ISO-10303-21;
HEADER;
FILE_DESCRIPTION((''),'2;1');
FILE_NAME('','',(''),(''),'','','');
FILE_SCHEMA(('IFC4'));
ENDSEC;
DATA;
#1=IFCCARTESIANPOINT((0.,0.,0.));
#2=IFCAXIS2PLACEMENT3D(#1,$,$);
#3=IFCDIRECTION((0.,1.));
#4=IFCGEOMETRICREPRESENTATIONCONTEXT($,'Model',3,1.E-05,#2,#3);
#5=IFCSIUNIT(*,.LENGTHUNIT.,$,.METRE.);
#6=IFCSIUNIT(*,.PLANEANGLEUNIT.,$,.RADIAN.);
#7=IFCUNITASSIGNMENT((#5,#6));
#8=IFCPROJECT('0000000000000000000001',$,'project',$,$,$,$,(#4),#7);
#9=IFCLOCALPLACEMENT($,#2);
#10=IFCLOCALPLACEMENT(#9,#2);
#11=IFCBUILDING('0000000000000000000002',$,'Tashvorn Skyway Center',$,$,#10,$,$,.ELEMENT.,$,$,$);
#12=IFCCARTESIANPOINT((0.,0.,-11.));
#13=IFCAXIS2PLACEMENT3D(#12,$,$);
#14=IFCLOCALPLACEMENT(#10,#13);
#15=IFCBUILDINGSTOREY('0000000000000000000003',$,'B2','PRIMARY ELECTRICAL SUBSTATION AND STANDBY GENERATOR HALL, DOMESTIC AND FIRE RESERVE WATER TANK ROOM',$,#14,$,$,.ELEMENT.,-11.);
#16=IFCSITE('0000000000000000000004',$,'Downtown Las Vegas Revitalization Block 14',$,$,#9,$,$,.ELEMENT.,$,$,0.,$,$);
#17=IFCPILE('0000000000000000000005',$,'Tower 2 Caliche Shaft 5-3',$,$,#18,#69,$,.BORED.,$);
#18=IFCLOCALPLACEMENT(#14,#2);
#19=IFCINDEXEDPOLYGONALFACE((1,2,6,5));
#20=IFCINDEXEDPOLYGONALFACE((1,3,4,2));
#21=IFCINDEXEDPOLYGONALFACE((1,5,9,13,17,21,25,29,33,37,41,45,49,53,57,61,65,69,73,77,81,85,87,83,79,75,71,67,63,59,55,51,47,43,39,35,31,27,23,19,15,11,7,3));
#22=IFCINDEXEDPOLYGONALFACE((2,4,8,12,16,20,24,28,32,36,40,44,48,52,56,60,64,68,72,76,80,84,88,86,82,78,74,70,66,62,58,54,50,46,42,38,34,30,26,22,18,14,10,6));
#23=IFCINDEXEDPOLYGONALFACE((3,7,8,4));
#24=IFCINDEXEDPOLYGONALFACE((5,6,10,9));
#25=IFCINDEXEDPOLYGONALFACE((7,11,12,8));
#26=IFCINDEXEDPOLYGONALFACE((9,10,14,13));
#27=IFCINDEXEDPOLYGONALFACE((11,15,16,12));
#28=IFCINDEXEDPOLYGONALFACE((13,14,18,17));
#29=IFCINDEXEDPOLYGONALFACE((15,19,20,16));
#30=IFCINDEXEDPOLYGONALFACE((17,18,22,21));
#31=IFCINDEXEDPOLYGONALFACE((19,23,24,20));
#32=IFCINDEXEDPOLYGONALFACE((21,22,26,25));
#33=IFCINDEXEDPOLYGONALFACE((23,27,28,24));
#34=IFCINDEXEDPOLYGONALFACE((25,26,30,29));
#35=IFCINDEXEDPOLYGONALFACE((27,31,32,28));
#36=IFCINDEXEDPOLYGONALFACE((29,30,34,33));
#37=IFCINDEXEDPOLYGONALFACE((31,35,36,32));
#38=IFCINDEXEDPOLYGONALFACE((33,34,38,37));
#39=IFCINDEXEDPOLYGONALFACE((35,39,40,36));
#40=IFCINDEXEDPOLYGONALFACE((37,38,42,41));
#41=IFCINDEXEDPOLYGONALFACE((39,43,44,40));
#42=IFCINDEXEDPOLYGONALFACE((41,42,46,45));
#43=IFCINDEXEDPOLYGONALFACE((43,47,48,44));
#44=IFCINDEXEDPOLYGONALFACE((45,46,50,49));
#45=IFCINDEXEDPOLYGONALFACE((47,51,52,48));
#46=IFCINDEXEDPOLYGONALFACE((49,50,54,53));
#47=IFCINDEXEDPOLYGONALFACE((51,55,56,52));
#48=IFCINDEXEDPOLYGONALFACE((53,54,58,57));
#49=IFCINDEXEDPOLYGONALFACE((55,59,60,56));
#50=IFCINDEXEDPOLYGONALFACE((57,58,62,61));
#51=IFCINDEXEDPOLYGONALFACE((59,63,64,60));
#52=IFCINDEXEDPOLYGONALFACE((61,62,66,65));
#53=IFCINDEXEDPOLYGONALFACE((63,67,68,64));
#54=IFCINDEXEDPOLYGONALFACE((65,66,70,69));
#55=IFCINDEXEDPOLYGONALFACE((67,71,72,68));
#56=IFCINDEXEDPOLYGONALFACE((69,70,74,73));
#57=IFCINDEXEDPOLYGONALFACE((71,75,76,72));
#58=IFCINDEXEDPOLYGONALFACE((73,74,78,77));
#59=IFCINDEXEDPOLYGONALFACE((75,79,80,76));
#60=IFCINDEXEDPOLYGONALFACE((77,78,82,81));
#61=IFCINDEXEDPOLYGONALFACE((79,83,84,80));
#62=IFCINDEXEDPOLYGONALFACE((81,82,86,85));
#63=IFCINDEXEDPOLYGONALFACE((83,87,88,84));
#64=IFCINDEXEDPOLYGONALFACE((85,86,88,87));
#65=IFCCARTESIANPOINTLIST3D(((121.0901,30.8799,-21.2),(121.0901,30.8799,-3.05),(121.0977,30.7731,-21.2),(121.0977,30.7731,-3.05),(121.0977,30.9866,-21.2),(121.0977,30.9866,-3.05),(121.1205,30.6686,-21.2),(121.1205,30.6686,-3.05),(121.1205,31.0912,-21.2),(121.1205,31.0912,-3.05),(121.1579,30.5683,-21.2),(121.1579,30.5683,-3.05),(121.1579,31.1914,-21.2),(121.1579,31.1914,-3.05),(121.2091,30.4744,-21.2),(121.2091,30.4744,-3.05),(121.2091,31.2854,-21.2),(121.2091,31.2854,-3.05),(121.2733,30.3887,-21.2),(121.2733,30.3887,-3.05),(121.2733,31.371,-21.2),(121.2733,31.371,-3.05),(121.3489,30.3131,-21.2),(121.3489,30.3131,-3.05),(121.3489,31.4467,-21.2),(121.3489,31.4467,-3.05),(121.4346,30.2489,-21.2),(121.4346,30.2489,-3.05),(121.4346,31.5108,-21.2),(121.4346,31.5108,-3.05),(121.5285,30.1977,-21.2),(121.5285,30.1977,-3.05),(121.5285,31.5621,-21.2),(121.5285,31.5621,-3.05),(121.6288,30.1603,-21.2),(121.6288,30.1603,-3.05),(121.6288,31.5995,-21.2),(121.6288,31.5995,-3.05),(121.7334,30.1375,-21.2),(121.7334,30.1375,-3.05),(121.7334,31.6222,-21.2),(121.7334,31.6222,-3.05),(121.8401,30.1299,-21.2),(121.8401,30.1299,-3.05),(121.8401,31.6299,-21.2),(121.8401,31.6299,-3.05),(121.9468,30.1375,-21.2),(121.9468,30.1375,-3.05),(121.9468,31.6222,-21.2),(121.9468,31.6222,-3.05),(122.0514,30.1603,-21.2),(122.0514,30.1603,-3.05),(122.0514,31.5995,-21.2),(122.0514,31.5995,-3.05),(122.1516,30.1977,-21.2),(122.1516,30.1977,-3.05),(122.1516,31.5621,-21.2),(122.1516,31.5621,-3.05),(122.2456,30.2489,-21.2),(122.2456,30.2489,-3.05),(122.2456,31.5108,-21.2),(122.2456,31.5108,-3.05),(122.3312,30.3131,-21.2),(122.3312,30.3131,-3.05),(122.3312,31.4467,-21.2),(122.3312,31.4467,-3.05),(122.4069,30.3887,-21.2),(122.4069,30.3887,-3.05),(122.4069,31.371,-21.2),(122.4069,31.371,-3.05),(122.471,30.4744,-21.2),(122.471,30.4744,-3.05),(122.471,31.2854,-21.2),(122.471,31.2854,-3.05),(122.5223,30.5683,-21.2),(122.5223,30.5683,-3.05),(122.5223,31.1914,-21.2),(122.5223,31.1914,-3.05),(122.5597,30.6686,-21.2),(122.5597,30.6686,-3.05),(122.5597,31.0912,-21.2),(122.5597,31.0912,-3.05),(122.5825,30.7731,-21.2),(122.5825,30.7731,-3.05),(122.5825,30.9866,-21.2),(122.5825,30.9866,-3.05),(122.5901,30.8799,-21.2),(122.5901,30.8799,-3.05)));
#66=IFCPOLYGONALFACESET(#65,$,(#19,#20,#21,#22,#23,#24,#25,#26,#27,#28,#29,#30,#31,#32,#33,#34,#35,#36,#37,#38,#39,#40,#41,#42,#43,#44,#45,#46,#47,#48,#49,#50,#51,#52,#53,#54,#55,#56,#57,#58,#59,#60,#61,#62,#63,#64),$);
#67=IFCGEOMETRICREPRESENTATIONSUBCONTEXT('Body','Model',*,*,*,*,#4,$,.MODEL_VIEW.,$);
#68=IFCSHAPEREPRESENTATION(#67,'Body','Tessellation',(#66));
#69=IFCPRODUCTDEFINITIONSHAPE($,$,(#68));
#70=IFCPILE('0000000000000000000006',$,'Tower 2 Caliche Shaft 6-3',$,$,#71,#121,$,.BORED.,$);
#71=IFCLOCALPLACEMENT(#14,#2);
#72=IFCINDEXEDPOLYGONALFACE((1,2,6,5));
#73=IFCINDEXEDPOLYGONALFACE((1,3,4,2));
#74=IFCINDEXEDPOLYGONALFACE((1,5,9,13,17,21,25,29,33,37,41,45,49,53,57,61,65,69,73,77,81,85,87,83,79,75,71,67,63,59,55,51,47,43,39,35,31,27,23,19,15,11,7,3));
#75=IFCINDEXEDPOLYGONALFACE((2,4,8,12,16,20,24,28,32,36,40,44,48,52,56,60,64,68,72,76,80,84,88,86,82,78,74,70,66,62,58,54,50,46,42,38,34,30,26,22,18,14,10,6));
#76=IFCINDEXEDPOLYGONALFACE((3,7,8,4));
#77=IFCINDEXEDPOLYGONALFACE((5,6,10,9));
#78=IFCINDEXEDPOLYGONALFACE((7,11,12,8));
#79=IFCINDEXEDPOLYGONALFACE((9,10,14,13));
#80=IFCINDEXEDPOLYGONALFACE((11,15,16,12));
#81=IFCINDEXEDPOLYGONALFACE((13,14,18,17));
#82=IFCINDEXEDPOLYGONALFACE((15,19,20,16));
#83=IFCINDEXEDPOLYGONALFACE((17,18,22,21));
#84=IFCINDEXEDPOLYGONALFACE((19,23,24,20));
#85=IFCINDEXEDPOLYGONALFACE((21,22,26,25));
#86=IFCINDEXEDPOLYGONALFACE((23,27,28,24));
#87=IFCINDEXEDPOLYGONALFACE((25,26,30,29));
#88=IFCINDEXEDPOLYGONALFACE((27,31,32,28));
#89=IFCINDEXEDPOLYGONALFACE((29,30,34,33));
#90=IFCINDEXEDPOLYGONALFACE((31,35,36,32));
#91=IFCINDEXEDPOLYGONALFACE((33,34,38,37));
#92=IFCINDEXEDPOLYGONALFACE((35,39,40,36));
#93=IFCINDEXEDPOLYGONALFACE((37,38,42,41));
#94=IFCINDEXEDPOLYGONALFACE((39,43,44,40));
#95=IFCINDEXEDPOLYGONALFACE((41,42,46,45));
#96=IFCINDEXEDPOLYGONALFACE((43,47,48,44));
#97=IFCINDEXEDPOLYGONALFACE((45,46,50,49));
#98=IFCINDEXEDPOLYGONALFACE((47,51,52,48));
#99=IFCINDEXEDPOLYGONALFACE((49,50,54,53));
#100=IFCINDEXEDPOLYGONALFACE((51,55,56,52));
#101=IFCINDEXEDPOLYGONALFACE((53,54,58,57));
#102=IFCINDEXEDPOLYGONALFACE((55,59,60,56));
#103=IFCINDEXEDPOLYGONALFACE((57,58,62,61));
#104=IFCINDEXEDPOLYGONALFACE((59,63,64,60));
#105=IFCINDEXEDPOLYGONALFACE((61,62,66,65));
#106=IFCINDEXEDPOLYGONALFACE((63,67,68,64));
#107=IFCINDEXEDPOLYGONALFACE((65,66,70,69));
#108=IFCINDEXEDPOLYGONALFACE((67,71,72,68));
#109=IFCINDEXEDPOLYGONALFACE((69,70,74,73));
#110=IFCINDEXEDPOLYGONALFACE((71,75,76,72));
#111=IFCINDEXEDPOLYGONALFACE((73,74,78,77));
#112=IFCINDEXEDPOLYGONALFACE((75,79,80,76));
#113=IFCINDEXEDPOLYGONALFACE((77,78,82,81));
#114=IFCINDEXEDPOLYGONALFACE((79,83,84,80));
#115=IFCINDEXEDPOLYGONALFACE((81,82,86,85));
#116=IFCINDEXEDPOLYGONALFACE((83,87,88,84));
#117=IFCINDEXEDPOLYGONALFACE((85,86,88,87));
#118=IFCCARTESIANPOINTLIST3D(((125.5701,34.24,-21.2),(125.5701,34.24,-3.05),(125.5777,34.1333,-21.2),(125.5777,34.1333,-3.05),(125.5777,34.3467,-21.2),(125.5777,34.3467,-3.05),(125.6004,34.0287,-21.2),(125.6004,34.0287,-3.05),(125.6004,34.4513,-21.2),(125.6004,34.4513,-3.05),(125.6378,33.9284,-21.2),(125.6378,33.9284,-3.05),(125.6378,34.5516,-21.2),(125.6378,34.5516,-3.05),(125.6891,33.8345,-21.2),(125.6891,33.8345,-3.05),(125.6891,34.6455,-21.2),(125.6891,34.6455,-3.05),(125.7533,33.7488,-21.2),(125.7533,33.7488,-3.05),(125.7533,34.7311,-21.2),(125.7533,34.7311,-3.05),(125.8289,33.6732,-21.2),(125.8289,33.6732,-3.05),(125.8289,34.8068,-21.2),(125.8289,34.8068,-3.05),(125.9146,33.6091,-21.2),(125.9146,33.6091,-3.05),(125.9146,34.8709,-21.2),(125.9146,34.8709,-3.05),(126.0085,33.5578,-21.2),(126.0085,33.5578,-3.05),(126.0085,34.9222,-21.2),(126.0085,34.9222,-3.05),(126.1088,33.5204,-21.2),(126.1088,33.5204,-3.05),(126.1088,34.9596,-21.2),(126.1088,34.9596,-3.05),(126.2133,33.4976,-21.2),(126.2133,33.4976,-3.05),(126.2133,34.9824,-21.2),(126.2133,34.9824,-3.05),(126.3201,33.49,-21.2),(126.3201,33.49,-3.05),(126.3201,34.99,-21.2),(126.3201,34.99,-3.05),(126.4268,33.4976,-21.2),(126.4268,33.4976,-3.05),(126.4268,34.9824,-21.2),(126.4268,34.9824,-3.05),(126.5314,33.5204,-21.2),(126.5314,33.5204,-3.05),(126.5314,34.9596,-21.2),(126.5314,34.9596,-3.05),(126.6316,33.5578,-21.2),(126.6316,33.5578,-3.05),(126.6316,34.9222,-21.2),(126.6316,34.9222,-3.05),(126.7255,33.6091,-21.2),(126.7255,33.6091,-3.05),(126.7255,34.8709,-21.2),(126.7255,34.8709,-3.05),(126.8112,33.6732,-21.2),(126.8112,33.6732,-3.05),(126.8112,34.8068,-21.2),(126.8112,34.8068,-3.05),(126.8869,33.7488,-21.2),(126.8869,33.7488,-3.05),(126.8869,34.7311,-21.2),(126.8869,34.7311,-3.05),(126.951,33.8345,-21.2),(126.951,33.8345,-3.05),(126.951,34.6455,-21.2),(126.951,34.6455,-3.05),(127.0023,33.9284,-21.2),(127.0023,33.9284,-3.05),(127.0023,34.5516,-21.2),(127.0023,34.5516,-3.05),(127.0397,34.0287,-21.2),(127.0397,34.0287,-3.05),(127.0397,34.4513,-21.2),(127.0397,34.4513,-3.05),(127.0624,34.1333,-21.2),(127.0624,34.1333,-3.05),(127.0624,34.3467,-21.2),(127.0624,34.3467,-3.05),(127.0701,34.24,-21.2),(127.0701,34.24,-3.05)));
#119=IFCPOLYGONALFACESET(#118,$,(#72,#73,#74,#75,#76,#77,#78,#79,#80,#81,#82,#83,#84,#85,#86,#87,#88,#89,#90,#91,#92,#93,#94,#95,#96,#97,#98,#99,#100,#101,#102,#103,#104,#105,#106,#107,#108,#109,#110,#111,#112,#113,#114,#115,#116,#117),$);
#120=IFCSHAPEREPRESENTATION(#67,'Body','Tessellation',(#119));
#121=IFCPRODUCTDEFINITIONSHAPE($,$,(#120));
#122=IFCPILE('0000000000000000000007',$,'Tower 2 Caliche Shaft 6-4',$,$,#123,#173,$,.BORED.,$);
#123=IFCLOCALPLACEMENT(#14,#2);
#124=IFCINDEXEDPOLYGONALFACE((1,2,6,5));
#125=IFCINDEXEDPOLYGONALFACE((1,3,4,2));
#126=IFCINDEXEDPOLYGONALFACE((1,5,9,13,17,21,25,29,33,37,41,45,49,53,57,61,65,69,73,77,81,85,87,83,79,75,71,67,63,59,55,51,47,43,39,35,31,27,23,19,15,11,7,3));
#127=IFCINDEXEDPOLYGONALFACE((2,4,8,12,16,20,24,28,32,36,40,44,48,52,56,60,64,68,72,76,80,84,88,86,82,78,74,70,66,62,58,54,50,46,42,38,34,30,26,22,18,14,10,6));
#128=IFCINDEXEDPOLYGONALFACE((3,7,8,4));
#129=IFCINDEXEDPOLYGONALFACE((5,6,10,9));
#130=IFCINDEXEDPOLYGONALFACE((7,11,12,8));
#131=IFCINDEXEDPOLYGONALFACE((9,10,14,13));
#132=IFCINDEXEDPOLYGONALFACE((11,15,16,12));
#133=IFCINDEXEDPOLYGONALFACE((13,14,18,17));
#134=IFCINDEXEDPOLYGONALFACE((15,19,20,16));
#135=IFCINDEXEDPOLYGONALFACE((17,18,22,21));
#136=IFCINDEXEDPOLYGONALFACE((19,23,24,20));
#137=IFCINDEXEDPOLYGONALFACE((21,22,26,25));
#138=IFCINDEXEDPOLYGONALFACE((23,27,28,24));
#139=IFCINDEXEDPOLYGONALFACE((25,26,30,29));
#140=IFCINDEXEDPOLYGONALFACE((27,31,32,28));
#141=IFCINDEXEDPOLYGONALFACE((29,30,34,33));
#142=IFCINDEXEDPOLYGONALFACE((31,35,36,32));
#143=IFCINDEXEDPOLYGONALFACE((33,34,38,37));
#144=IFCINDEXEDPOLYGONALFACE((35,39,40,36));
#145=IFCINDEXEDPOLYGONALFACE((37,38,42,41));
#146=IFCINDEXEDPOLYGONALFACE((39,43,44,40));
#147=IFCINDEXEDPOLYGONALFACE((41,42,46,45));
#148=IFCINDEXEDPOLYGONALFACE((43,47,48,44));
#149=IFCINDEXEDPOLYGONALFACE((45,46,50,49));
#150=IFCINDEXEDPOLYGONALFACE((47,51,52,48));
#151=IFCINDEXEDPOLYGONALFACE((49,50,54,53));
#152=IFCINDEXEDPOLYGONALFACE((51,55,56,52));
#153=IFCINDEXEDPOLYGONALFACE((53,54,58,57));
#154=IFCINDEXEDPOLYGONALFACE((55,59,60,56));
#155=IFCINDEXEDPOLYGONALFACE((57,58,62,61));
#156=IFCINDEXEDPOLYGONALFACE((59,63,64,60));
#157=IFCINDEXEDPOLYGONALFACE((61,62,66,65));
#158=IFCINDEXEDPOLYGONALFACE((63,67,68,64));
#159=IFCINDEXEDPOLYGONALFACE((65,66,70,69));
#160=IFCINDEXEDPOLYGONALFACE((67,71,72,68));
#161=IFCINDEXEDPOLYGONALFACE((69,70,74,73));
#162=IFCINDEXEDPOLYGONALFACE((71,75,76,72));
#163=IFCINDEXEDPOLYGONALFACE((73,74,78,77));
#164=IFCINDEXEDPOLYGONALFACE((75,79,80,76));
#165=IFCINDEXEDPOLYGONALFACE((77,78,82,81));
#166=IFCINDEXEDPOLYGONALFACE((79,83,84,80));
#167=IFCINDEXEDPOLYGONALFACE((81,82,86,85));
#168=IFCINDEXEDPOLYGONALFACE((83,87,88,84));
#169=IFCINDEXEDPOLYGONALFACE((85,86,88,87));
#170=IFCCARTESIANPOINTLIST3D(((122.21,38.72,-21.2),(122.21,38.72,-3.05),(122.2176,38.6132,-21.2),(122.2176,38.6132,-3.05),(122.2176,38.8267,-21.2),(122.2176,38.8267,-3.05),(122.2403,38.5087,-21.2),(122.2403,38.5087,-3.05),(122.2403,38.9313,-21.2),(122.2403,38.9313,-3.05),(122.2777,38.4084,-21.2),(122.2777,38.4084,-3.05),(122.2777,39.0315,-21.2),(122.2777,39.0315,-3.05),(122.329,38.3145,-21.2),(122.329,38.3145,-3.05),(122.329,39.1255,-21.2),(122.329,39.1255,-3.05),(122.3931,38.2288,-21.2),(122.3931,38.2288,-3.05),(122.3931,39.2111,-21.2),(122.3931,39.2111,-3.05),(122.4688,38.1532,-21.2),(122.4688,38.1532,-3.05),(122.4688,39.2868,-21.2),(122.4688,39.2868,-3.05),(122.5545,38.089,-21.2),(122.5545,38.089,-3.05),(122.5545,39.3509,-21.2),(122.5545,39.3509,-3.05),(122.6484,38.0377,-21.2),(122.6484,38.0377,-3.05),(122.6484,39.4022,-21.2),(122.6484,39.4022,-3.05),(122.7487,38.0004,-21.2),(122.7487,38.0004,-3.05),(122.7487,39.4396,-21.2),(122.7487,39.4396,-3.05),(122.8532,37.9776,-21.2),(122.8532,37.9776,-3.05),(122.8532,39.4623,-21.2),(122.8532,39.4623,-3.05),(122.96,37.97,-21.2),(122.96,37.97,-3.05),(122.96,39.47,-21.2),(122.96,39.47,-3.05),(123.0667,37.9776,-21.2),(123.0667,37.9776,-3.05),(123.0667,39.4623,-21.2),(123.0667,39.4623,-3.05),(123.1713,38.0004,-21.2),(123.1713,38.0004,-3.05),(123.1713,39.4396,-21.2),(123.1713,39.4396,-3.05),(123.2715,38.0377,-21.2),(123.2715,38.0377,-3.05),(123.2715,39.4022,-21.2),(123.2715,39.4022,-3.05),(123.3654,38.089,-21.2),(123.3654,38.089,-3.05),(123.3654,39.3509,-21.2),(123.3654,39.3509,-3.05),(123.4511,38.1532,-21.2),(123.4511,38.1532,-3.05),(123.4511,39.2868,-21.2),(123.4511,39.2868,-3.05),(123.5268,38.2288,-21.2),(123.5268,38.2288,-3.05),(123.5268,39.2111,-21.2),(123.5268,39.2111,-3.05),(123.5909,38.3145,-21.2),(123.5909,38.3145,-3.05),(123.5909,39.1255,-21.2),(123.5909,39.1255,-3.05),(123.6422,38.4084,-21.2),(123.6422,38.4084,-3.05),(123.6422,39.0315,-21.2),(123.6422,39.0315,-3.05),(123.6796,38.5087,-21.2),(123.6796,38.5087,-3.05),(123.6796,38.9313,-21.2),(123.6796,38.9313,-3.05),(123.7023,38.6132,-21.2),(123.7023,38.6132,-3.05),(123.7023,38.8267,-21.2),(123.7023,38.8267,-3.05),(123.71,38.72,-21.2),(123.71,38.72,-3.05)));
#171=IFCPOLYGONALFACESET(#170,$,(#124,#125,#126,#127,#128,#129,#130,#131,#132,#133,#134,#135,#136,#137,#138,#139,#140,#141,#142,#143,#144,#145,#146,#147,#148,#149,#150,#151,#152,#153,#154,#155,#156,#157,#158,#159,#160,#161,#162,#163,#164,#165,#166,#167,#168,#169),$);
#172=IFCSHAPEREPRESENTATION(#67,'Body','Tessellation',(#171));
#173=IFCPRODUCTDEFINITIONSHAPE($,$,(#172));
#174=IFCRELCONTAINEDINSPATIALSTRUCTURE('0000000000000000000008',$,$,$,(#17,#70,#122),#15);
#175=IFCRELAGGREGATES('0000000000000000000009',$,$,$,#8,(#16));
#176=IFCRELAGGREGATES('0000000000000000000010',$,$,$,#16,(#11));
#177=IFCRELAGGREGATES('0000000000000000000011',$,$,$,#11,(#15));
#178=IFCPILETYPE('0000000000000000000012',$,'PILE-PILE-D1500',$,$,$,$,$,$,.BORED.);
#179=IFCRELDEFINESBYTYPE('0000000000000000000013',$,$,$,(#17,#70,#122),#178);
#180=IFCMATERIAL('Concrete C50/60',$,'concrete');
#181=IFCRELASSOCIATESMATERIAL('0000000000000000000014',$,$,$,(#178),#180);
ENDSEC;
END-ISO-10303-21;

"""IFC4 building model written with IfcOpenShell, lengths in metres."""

from ifc_helpers import new_model, si_unit, direction, frame, origin, origin_2d, place, context, subcontext, project, spatial, circle, extrude, material, material_profile, profile_set, type_object, element, save


model = new_model("IFC4")

# Units and contexts
model_context = context("Model", 3, precision=1e-05, world=origin(), true_north=direction((0.0, 1.0)))
body_context = subcontext(model_context, "Body", "Model", "MODEL_VIEW")
ifc_project = project(units=[si_unit("LENGTHUNIT", "METRE"), si_unit("PLANEANGLEUNIT", "RADIAN")], contexts=[model_context])

# Site, building, storey
site_placement = place(None, origin())
site = spatial("IfcSite", under=ifc_project, at=site_placement, Name="Downtown Las Vegas Revitalization Block 14", CompositionType="ELEMENT", RefElevation=0.0)
building_placement = place(site_placement, origin())
building = spatial("IfcBuilding", under=site, at=building_placement, Name="Tashvorn Skyway Center", CompositionType="ELEMENT")
storey_placement = place(building_placement, frame((0.0, 0.0, -11.0)))
storey = spatial("IfcBuildingStorey", under=building, at=storey_placement, Name="B2", Description="PRIMARY ELECTRICAL SUBSTATION AND STANDBY GENERATOR HALL, DOMESTIC AND FIRE RESERVE WATER TANK ROOM", CompositionType="ELEMENT", Elevation=-11.0)

# Piles
ifc_material_1 = material(Name="Concrete C50/60", Category="concrete")
ifc_material_profile_1 = material_profile(ifc_material_1, circle(Radius=0.75, at=origin_2d()), Name="PILE-D1500")
ifc_profile_set_1 = profile_set([ifc_material_profile_1], Name="Concrete C50/60")
pile_type = type_object("IfcPileType", Name="PILE-PILE-D1500", PredefinedType="BORED", material=ifc_profile_set_1)
for number, where, z_axis, x_axis, name in (
    (1, (121.8401, 30.8799, -3.05), (0.0, 0.0, -1.0), (1.0, 0.0, 0.0), "Tower 2 Caliche Shaft 5-3"),
    (2, (126.3201, 34.24, -3.05), (0.0, 0.0, -1.0), (1.0, 0.0, 0.0), "Tower 2 Caliche Shaft 6-3"),
    (3, (122.96, 38.72, -3.05), (0.0, 0.0, -1.0), (1.0, 0.0, 0.0), "Tower 2 Caliche Shaft 6-4"),
):
    element("IfcPile", number, at=place(storey_placement, frame(where, z_axis=z_axis, x_axis=x_axis)), inside=storey, type_object=pile_type, Name=name, PredefinedType="BORED", context=body_context, shape_type="SweptSolid", body=[
        extrude(circle(Radius=0.75, at=origin_2d()), origin(), (0.0, 0.0, 1.0), 18.1499),
    ])

save(model, "model.ifc")
